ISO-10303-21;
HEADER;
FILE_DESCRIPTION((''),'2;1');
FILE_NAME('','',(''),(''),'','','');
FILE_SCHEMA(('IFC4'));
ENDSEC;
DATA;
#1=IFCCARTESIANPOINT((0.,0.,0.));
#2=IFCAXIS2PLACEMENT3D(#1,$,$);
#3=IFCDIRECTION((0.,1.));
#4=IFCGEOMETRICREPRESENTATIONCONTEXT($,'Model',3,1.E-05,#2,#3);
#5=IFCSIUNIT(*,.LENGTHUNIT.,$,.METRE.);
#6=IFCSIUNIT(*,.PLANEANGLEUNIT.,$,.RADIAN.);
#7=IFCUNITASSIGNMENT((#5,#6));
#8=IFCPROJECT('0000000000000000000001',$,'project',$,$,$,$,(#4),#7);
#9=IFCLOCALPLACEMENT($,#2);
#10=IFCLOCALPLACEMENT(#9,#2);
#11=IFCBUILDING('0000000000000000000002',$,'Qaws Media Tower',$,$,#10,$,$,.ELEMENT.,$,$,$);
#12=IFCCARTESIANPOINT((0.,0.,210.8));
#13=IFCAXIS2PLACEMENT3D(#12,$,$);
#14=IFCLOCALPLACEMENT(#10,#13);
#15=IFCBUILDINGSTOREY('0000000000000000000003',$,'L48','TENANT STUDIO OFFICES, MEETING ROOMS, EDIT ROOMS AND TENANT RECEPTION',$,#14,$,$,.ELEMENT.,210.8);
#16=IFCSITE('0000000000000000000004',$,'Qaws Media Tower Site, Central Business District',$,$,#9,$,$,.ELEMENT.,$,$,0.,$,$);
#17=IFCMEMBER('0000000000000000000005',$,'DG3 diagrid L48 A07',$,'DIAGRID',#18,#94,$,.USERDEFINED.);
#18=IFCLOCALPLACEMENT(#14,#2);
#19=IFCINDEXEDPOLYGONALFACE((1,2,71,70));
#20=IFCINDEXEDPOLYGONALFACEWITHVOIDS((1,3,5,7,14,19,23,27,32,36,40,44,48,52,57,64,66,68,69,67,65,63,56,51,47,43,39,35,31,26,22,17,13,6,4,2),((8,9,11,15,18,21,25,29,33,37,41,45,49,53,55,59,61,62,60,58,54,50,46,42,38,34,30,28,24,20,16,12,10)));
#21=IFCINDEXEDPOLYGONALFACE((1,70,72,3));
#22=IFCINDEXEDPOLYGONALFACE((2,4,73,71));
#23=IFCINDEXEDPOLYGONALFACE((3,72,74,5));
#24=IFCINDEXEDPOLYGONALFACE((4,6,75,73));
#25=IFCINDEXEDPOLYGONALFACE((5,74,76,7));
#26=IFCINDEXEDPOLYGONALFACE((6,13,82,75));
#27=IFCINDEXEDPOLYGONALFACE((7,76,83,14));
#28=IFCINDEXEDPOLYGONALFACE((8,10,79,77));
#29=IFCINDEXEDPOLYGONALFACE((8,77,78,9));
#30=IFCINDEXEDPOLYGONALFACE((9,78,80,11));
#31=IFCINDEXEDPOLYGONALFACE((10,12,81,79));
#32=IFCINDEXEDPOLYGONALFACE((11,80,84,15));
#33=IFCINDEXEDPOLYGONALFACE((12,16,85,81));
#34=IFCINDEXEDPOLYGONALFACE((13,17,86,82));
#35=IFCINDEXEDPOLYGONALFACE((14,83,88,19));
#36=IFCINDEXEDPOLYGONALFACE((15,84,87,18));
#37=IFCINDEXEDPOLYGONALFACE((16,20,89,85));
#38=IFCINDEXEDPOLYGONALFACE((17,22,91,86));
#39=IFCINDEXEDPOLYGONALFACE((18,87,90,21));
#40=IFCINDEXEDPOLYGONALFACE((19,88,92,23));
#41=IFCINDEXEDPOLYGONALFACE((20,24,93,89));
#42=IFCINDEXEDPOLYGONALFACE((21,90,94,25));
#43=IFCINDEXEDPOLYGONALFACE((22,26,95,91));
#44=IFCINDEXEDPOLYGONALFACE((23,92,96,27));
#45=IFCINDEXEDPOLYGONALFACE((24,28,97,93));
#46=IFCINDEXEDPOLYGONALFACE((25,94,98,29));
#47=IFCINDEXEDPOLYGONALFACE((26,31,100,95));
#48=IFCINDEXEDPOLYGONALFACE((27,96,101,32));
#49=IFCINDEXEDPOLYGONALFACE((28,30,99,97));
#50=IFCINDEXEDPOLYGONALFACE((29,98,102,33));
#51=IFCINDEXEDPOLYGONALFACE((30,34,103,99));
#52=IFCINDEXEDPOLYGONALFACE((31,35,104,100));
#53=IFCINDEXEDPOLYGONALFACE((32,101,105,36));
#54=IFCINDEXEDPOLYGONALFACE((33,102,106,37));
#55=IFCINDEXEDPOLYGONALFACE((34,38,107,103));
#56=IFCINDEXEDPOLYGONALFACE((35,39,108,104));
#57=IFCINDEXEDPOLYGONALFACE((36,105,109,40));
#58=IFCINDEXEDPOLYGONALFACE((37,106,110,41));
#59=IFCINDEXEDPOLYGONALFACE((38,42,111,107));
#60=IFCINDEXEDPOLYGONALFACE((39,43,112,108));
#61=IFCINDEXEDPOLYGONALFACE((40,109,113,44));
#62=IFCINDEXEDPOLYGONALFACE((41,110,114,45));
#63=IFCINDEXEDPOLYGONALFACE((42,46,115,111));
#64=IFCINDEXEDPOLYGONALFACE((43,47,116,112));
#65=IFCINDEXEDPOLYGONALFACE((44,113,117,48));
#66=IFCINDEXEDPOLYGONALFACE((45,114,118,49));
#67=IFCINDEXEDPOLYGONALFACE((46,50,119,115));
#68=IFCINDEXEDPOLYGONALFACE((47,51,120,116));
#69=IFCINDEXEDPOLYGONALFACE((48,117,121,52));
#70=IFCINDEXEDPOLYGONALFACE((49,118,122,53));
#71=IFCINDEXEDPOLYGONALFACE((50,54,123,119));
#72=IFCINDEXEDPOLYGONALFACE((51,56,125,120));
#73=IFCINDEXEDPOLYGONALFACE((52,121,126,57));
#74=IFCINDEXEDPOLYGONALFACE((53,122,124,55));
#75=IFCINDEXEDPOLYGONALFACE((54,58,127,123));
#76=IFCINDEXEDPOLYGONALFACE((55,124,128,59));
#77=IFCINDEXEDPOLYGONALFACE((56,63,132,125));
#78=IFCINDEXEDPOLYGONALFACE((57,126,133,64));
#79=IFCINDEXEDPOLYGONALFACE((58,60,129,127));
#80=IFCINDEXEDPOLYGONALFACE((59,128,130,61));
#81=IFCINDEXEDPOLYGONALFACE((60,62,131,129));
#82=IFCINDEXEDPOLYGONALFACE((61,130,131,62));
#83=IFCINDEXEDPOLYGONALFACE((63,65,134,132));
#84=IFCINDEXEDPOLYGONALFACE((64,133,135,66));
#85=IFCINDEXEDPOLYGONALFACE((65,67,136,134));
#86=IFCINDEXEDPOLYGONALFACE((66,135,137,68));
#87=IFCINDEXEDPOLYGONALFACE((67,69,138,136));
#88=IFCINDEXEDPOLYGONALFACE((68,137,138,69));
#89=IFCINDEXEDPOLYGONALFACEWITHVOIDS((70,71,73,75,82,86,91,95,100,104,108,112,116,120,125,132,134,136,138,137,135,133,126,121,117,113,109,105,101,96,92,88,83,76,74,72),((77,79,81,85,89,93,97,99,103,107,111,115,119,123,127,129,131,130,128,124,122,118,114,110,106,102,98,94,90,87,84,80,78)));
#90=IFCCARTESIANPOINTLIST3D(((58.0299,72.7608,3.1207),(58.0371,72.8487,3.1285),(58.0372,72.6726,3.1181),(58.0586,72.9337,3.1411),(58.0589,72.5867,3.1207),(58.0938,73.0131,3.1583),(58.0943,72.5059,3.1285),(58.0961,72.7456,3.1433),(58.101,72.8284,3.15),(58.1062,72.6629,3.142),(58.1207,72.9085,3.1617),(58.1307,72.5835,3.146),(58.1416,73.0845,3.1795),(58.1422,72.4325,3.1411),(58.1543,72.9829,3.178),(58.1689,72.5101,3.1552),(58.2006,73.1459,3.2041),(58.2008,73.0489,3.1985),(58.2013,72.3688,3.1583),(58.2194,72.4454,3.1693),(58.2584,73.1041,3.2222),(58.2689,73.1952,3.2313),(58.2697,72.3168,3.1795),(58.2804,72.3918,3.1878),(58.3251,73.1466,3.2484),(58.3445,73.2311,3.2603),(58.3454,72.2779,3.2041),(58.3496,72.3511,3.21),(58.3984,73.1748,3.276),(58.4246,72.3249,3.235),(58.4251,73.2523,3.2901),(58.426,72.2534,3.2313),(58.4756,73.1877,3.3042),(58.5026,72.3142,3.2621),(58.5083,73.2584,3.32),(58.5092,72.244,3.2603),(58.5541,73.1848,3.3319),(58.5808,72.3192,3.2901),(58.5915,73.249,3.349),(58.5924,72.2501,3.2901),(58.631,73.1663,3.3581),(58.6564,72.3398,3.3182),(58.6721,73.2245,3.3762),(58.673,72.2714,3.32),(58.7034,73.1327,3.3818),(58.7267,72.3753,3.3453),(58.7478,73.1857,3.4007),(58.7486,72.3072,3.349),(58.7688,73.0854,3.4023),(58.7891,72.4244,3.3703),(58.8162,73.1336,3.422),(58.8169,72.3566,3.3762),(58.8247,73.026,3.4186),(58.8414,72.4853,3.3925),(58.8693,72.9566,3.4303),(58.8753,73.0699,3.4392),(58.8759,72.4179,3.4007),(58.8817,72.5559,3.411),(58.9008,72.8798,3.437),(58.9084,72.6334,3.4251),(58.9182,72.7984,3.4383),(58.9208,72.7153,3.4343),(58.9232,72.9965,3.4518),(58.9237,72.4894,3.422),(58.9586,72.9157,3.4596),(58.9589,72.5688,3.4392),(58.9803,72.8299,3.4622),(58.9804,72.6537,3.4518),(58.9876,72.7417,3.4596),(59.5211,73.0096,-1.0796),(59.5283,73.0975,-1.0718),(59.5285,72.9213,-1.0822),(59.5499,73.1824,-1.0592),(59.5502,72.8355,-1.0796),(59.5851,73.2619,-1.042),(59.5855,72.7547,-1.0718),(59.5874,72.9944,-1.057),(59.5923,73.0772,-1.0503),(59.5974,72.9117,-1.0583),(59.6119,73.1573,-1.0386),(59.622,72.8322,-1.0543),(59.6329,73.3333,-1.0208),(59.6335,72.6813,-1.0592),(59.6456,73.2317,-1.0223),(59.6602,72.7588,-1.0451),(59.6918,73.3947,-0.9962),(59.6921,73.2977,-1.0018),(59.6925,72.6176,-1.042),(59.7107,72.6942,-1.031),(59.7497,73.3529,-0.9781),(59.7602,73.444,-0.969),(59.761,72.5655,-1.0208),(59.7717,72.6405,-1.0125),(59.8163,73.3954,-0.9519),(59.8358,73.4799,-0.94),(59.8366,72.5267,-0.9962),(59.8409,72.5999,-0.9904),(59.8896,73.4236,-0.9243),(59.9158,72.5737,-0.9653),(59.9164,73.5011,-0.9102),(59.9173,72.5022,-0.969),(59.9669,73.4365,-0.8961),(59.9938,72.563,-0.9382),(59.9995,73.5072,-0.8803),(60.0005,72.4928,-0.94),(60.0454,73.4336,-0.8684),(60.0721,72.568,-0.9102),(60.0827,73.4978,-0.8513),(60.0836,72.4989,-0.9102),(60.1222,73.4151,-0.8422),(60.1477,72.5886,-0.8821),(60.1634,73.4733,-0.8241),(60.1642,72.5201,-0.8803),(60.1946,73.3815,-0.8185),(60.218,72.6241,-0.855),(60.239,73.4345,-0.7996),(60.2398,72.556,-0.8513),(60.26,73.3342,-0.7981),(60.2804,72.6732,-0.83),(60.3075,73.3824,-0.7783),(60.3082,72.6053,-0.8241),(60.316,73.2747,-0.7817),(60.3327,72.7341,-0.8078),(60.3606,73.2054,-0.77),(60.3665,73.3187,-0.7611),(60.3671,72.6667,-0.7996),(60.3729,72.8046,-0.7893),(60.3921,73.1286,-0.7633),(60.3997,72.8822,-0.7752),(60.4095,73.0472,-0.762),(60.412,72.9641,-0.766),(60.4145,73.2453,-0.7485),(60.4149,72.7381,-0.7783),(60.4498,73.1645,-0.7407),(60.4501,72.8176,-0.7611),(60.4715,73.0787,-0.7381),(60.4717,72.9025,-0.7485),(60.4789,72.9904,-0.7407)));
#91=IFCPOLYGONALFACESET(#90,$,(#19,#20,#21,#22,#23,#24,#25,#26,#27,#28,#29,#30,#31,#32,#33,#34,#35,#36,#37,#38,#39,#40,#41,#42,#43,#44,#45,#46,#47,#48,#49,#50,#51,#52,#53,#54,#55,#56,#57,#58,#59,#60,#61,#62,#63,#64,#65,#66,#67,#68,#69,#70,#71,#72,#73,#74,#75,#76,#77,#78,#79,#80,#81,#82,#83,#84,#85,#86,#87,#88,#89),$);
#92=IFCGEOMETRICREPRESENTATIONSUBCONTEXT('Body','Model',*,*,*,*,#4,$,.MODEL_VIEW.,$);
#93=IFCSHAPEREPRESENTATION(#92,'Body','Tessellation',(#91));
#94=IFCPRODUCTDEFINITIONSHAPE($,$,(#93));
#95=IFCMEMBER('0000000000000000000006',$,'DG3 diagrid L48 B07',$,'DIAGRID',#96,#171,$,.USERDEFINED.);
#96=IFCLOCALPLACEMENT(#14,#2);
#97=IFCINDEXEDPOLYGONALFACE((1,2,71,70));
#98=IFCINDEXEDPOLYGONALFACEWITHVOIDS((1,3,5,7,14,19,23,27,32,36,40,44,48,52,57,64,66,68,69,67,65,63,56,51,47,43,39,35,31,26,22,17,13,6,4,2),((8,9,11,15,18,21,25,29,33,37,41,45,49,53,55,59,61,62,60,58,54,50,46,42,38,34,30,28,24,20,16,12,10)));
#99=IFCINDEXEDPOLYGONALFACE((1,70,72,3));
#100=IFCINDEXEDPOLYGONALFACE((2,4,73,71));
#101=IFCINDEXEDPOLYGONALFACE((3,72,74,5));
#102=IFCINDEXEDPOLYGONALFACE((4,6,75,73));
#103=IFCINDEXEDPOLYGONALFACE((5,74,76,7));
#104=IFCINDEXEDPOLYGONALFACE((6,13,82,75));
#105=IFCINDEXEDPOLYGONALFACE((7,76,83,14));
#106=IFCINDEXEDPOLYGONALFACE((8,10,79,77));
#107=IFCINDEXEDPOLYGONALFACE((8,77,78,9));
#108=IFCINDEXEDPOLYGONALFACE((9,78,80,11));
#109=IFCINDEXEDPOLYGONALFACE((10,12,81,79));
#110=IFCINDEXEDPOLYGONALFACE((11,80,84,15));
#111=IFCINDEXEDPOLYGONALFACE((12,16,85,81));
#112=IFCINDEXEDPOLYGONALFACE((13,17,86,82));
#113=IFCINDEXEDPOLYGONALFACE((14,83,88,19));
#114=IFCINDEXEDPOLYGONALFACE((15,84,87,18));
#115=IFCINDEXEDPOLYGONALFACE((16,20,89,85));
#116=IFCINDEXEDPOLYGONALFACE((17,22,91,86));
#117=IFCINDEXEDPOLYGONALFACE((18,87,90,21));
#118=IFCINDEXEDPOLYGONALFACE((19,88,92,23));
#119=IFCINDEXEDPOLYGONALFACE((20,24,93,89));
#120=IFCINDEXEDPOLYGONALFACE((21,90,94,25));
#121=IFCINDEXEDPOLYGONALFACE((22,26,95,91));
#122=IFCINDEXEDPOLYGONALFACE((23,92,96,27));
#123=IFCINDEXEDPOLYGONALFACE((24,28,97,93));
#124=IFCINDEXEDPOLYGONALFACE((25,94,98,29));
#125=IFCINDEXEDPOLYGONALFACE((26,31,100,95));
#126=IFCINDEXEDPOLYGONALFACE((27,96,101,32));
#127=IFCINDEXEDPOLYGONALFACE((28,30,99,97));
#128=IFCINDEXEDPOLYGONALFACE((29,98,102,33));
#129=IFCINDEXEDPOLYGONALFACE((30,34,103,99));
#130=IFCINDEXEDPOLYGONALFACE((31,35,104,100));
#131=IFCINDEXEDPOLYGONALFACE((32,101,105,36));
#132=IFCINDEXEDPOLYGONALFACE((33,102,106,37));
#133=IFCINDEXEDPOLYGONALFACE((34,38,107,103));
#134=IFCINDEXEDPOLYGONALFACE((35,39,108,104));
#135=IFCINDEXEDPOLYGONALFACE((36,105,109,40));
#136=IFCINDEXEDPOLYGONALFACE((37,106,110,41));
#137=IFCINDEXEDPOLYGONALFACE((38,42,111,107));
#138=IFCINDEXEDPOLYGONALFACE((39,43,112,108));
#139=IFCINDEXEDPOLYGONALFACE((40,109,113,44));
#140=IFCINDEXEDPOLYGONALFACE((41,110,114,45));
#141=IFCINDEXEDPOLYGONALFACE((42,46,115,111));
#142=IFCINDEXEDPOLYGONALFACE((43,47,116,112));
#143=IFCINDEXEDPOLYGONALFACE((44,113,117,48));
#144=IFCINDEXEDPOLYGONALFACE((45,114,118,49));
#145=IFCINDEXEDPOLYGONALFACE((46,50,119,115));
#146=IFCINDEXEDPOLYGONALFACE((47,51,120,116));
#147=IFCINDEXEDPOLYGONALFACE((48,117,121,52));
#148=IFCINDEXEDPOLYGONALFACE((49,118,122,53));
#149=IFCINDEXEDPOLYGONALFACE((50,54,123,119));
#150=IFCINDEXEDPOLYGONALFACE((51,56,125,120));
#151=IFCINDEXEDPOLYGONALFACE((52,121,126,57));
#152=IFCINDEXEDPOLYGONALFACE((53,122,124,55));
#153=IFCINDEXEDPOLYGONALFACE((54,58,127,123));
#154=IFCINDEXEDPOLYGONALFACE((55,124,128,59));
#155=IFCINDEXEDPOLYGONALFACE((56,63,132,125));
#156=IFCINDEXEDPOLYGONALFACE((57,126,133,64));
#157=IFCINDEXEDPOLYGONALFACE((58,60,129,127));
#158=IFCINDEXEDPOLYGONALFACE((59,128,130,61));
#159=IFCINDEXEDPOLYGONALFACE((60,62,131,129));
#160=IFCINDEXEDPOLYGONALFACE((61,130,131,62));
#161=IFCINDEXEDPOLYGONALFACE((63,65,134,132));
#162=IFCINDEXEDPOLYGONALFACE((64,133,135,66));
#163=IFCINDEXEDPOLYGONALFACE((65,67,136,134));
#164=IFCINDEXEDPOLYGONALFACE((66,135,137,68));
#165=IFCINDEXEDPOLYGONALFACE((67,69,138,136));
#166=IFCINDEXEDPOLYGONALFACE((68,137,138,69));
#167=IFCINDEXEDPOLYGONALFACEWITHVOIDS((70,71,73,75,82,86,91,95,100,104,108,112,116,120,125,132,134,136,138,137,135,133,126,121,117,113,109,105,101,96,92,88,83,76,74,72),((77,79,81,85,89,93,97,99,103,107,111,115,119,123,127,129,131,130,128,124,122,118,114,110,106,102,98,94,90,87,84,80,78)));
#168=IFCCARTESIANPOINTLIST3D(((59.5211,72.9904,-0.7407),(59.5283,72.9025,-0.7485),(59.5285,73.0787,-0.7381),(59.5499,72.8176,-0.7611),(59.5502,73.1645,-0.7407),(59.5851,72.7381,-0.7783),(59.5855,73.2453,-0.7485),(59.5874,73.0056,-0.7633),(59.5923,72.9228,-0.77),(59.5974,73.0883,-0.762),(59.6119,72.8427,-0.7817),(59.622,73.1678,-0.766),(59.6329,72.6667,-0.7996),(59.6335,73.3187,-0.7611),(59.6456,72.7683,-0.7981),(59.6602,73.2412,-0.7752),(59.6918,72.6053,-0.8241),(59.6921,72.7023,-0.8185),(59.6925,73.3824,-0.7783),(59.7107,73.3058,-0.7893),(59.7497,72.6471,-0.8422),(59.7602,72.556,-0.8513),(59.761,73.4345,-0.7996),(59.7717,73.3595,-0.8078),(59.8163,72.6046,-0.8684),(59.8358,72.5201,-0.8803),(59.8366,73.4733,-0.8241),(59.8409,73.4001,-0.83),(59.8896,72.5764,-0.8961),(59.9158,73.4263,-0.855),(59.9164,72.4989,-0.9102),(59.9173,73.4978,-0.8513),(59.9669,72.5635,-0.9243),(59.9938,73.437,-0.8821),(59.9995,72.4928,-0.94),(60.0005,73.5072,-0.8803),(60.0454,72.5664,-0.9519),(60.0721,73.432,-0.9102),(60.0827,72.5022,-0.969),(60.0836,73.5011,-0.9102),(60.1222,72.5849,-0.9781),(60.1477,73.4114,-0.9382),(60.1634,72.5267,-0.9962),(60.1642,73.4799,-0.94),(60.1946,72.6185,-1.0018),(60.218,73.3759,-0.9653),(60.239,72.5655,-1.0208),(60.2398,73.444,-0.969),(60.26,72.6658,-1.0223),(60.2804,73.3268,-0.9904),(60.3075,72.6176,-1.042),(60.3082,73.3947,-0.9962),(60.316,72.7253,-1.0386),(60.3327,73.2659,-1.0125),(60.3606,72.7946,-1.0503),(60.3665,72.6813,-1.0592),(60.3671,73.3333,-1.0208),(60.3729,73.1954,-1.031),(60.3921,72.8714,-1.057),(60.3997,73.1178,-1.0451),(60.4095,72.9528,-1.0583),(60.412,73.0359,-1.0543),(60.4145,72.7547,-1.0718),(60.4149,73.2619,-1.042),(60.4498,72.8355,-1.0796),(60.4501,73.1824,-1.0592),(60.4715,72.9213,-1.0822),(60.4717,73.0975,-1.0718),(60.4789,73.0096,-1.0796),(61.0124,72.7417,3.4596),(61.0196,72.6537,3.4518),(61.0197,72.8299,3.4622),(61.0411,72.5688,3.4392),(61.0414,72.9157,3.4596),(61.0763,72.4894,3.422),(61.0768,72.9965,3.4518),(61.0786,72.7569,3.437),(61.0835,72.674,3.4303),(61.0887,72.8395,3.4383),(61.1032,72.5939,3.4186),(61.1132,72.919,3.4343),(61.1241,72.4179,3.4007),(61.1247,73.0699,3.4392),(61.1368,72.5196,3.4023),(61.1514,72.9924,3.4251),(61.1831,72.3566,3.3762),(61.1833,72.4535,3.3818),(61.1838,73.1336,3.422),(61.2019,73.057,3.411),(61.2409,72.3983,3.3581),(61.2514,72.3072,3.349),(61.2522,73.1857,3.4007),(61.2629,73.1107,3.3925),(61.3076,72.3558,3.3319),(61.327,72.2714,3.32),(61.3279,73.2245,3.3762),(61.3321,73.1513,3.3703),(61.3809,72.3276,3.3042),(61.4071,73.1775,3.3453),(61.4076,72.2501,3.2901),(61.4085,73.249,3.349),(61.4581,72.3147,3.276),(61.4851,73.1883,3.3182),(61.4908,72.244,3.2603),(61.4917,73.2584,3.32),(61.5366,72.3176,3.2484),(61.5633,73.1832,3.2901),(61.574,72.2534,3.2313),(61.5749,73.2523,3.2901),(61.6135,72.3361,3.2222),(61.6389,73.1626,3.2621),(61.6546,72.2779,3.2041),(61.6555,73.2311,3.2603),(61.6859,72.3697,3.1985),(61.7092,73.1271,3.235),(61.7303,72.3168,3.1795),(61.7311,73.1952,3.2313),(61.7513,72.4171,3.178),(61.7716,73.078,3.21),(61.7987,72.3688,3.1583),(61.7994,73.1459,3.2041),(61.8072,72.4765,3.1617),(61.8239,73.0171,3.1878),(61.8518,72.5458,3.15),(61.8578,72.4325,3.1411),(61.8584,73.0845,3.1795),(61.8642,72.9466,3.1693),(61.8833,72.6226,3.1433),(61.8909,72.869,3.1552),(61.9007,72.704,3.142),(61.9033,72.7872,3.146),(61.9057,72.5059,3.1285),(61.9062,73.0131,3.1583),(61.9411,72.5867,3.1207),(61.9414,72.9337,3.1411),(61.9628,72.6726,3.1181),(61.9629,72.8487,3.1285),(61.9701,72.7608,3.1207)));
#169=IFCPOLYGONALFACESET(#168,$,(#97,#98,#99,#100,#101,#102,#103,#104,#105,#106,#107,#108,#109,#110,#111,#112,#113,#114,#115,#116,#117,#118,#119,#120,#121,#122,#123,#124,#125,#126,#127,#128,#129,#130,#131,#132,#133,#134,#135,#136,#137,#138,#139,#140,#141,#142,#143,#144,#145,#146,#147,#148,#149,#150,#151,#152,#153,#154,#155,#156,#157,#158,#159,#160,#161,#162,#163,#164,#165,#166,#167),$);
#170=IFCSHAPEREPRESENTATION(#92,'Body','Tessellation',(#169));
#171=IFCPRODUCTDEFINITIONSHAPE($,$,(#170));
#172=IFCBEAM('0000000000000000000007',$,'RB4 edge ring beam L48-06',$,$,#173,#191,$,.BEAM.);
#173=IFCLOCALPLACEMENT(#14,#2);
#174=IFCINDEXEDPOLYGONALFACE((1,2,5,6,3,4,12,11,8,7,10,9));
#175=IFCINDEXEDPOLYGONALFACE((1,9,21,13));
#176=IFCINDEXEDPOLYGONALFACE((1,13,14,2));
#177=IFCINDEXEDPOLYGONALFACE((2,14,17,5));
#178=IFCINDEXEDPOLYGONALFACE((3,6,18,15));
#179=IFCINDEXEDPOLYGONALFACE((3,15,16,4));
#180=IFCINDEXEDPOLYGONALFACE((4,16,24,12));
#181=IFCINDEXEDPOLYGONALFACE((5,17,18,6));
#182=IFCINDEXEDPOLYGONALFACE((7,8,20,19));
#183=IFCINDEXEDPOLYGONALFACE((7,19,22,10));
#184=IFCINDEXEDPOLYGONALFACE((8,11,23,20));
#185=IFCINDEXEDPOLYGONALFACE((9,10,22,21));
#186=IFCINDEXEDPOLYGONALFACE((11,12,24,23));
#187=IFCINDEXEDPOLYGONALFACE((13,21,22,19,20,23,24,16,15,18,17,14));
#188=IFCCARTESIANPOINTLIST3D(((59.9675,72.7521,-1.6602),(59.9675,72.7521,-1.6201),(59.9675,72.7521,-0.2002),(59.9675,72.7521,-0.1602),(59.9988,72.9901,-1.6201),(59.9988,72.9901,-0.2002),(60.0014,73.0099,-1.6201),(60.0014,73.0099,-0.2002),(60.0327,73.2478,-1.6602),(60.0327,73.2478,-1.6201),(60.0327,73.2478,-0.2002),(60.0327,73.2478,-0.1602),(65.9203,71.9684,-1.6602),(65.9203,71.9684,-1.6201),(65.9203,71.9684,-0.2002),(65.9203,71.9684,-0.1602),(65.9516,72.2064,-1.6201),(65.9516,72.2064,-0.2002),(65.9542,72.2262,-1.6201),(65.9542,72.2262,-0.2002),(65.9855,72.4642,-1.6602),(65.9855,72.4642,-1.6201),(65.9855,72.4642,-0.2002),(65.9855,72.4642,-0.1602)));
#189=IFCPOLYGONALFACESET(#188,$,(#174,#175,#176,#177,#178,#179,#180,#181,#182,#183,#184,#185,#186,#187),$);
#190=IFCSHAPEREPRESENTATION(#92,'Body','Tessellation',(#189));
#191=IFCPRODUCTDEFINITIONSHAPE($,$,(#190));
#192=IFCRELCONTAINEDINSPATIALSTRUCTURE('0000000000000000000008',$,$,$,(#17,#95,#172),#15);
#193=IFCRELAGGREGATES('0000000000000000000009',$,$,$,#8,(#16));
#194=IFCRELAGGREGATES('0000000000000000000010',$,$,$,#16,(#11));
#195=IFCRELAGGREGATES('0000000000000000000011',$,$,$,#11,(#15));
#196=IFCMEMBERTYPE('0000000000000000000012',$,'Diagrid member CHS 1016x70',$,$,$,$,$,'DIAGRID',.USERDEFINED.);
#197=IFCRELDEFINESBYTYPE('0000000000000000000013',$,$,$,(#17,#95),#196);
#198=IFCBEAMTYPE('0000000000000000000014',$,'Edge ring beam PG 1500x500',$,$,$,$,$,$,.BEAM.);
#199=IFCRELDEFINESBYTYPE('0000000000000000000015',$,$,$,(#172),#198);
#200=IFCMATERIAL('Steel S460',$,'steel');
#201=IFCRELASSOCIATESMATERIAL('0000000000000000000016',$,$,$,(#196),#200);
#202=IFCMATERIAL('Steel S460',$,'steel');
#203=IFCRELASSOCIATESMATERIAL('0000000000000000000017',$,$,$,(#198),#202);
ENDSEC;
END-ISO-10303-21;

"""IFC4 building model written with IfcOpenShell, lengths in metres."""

from ifc_helpers import new_model, si_unit, direction, frame, origin, origin_2d, place, context, subcontext, project, spatial, hollow_circle, i_section, extrude, material, material_profile, profile_set, type_object, element, save


model = new_model("IFC4")

# Units and contexts
model_context = context("Model", 3, precision=1e-05, world=origin(), true_north=direction((0.0, 1.0)))
body_context = subcontext(model_context, "Body", "Model", "MODEL_VIEW")
ifc_project = project(units=[si_unit("LENGTHUNIT", "METRE"), si_unit("PLANEANGLEUNIT", "RADIAN")], contexts=[model_context])

# Site, building, storey
site_placement = place(None, origin())
site = spatial("IfcSite", under=ifc_project, at=site_placement, Name="Qaws Media Tower Site, Central Business District", CompositionType="ELEMENT", RefElevation=0.0)
building_placement = place(site_placement, origin())
building = spatial("IfcBuilding", under=site, at=building_placement, Name="Qaws Media Tower", CompositionType="ELEMENT")
storey_placement = place(building_placement, frame((0.0, 0.0, 210.8)))
storey = spatial("IfcBuildingStorey", under=building, at=storey_placement, Name="L48", Description="TENANT STUDIO OFFICES, MEETING ROOMS, EDIT ROOMS AND TENANT RECEPTION", CompositionType="ELEMENT", Elevation=210.8)

# Members
ifc_material_1 = material(Name="Steel S460", Category="steel")
ifc_material_profile_1 = material_profile(ifc_material_1, hollow_circle(Radius=0.5081, WallThickness=0.0701, at=origin_2d()), Name="CHS 1016x70")
ifc_profile_set_1 = profile_set([ifc_material_profile_1], Name="Steel S460")
member_type_1 = type_object("IfcMemberType", Name="Diagrid member CHS 1016x70", ElementType="DIAGRID", PredefinedType="USERDEFINED", material=ifc_profile_set_1)
for number, where, z_axis, x_axis, name in (
    (1, (60.0, 73.0, -0.9102), (-0.334053, -0.05573, 0.940905), (0.164556, -0.986368, 0.0), "DG3 diagrid L48 A07"),
    (2, (60.0, 73.0, -0.9102), (0.334053, -0.05573, 0.940905), (0.164556, 0.986368, 0.0), "DG3 diagrid L48 B07"),
):
    element("IfcMember", number, at=place(storey_placement, frame(where, z_axis=z_axis, x_axis=x_axis)), inside=storey, type_object=member_type_1, Name=name, ObjectType="DIAGRID", PredefinedType="USERDEFINED", context=body_context, shape_type="SweptSolid", body=[
        extrude(hollow_circle(Radius=0.5081, WallThickness=0.0701, at=origin_2d()), origin(), (0.0, 0.0, 1.0), 4.4641),
    ])

# Beam
ifc_material_2 = material(Name="Steel S460", Category="steel")
ifc_material_profile_2 = material_profile(ifc_material_2, i_section(OverallWidth=0.5, OverallDepth=1.5, WebThickness=0.02, FlangeThickness=0.04, at=origin_2d()), Name="PG 1500x500")
ifc_profile_set_2 = profile_set([ifc_material_profile_2], Name="Steel S460")
beam_type = type_object("IfcBeamType", Name="Edge ring beam PG 1500x500", PredefinedType="BEAM", material=ifc_profile_set_2)
for number, where, z_axis, x_axis, name in (
    (3, (65.9529, 72.2163, -0.9102), (-0.991445, 0.130523, 0.0), (-0.130523, -0.991445, 0.0), "RB4 edge ring beam L48-06"),
):
    element("IfcBeam", number, at=place(storey_placement, frame(where, z_axis=z_axis, x_axis=x_axis)), inside=storey, type_object=beam_type, Name=name, PredefinedType="BEAM", context=body_context, shape_type="SweptSolid", body=[
        extrude(i_section(OverallWidth=0.5, OverallDepth=1.5, WebThickness=0.02, FlangeThickness=0.04, at=origin_2d()), origin(), (0.0, 0.0, 1.0), 6.0042),
    ])

save(model, "model.ifc")
